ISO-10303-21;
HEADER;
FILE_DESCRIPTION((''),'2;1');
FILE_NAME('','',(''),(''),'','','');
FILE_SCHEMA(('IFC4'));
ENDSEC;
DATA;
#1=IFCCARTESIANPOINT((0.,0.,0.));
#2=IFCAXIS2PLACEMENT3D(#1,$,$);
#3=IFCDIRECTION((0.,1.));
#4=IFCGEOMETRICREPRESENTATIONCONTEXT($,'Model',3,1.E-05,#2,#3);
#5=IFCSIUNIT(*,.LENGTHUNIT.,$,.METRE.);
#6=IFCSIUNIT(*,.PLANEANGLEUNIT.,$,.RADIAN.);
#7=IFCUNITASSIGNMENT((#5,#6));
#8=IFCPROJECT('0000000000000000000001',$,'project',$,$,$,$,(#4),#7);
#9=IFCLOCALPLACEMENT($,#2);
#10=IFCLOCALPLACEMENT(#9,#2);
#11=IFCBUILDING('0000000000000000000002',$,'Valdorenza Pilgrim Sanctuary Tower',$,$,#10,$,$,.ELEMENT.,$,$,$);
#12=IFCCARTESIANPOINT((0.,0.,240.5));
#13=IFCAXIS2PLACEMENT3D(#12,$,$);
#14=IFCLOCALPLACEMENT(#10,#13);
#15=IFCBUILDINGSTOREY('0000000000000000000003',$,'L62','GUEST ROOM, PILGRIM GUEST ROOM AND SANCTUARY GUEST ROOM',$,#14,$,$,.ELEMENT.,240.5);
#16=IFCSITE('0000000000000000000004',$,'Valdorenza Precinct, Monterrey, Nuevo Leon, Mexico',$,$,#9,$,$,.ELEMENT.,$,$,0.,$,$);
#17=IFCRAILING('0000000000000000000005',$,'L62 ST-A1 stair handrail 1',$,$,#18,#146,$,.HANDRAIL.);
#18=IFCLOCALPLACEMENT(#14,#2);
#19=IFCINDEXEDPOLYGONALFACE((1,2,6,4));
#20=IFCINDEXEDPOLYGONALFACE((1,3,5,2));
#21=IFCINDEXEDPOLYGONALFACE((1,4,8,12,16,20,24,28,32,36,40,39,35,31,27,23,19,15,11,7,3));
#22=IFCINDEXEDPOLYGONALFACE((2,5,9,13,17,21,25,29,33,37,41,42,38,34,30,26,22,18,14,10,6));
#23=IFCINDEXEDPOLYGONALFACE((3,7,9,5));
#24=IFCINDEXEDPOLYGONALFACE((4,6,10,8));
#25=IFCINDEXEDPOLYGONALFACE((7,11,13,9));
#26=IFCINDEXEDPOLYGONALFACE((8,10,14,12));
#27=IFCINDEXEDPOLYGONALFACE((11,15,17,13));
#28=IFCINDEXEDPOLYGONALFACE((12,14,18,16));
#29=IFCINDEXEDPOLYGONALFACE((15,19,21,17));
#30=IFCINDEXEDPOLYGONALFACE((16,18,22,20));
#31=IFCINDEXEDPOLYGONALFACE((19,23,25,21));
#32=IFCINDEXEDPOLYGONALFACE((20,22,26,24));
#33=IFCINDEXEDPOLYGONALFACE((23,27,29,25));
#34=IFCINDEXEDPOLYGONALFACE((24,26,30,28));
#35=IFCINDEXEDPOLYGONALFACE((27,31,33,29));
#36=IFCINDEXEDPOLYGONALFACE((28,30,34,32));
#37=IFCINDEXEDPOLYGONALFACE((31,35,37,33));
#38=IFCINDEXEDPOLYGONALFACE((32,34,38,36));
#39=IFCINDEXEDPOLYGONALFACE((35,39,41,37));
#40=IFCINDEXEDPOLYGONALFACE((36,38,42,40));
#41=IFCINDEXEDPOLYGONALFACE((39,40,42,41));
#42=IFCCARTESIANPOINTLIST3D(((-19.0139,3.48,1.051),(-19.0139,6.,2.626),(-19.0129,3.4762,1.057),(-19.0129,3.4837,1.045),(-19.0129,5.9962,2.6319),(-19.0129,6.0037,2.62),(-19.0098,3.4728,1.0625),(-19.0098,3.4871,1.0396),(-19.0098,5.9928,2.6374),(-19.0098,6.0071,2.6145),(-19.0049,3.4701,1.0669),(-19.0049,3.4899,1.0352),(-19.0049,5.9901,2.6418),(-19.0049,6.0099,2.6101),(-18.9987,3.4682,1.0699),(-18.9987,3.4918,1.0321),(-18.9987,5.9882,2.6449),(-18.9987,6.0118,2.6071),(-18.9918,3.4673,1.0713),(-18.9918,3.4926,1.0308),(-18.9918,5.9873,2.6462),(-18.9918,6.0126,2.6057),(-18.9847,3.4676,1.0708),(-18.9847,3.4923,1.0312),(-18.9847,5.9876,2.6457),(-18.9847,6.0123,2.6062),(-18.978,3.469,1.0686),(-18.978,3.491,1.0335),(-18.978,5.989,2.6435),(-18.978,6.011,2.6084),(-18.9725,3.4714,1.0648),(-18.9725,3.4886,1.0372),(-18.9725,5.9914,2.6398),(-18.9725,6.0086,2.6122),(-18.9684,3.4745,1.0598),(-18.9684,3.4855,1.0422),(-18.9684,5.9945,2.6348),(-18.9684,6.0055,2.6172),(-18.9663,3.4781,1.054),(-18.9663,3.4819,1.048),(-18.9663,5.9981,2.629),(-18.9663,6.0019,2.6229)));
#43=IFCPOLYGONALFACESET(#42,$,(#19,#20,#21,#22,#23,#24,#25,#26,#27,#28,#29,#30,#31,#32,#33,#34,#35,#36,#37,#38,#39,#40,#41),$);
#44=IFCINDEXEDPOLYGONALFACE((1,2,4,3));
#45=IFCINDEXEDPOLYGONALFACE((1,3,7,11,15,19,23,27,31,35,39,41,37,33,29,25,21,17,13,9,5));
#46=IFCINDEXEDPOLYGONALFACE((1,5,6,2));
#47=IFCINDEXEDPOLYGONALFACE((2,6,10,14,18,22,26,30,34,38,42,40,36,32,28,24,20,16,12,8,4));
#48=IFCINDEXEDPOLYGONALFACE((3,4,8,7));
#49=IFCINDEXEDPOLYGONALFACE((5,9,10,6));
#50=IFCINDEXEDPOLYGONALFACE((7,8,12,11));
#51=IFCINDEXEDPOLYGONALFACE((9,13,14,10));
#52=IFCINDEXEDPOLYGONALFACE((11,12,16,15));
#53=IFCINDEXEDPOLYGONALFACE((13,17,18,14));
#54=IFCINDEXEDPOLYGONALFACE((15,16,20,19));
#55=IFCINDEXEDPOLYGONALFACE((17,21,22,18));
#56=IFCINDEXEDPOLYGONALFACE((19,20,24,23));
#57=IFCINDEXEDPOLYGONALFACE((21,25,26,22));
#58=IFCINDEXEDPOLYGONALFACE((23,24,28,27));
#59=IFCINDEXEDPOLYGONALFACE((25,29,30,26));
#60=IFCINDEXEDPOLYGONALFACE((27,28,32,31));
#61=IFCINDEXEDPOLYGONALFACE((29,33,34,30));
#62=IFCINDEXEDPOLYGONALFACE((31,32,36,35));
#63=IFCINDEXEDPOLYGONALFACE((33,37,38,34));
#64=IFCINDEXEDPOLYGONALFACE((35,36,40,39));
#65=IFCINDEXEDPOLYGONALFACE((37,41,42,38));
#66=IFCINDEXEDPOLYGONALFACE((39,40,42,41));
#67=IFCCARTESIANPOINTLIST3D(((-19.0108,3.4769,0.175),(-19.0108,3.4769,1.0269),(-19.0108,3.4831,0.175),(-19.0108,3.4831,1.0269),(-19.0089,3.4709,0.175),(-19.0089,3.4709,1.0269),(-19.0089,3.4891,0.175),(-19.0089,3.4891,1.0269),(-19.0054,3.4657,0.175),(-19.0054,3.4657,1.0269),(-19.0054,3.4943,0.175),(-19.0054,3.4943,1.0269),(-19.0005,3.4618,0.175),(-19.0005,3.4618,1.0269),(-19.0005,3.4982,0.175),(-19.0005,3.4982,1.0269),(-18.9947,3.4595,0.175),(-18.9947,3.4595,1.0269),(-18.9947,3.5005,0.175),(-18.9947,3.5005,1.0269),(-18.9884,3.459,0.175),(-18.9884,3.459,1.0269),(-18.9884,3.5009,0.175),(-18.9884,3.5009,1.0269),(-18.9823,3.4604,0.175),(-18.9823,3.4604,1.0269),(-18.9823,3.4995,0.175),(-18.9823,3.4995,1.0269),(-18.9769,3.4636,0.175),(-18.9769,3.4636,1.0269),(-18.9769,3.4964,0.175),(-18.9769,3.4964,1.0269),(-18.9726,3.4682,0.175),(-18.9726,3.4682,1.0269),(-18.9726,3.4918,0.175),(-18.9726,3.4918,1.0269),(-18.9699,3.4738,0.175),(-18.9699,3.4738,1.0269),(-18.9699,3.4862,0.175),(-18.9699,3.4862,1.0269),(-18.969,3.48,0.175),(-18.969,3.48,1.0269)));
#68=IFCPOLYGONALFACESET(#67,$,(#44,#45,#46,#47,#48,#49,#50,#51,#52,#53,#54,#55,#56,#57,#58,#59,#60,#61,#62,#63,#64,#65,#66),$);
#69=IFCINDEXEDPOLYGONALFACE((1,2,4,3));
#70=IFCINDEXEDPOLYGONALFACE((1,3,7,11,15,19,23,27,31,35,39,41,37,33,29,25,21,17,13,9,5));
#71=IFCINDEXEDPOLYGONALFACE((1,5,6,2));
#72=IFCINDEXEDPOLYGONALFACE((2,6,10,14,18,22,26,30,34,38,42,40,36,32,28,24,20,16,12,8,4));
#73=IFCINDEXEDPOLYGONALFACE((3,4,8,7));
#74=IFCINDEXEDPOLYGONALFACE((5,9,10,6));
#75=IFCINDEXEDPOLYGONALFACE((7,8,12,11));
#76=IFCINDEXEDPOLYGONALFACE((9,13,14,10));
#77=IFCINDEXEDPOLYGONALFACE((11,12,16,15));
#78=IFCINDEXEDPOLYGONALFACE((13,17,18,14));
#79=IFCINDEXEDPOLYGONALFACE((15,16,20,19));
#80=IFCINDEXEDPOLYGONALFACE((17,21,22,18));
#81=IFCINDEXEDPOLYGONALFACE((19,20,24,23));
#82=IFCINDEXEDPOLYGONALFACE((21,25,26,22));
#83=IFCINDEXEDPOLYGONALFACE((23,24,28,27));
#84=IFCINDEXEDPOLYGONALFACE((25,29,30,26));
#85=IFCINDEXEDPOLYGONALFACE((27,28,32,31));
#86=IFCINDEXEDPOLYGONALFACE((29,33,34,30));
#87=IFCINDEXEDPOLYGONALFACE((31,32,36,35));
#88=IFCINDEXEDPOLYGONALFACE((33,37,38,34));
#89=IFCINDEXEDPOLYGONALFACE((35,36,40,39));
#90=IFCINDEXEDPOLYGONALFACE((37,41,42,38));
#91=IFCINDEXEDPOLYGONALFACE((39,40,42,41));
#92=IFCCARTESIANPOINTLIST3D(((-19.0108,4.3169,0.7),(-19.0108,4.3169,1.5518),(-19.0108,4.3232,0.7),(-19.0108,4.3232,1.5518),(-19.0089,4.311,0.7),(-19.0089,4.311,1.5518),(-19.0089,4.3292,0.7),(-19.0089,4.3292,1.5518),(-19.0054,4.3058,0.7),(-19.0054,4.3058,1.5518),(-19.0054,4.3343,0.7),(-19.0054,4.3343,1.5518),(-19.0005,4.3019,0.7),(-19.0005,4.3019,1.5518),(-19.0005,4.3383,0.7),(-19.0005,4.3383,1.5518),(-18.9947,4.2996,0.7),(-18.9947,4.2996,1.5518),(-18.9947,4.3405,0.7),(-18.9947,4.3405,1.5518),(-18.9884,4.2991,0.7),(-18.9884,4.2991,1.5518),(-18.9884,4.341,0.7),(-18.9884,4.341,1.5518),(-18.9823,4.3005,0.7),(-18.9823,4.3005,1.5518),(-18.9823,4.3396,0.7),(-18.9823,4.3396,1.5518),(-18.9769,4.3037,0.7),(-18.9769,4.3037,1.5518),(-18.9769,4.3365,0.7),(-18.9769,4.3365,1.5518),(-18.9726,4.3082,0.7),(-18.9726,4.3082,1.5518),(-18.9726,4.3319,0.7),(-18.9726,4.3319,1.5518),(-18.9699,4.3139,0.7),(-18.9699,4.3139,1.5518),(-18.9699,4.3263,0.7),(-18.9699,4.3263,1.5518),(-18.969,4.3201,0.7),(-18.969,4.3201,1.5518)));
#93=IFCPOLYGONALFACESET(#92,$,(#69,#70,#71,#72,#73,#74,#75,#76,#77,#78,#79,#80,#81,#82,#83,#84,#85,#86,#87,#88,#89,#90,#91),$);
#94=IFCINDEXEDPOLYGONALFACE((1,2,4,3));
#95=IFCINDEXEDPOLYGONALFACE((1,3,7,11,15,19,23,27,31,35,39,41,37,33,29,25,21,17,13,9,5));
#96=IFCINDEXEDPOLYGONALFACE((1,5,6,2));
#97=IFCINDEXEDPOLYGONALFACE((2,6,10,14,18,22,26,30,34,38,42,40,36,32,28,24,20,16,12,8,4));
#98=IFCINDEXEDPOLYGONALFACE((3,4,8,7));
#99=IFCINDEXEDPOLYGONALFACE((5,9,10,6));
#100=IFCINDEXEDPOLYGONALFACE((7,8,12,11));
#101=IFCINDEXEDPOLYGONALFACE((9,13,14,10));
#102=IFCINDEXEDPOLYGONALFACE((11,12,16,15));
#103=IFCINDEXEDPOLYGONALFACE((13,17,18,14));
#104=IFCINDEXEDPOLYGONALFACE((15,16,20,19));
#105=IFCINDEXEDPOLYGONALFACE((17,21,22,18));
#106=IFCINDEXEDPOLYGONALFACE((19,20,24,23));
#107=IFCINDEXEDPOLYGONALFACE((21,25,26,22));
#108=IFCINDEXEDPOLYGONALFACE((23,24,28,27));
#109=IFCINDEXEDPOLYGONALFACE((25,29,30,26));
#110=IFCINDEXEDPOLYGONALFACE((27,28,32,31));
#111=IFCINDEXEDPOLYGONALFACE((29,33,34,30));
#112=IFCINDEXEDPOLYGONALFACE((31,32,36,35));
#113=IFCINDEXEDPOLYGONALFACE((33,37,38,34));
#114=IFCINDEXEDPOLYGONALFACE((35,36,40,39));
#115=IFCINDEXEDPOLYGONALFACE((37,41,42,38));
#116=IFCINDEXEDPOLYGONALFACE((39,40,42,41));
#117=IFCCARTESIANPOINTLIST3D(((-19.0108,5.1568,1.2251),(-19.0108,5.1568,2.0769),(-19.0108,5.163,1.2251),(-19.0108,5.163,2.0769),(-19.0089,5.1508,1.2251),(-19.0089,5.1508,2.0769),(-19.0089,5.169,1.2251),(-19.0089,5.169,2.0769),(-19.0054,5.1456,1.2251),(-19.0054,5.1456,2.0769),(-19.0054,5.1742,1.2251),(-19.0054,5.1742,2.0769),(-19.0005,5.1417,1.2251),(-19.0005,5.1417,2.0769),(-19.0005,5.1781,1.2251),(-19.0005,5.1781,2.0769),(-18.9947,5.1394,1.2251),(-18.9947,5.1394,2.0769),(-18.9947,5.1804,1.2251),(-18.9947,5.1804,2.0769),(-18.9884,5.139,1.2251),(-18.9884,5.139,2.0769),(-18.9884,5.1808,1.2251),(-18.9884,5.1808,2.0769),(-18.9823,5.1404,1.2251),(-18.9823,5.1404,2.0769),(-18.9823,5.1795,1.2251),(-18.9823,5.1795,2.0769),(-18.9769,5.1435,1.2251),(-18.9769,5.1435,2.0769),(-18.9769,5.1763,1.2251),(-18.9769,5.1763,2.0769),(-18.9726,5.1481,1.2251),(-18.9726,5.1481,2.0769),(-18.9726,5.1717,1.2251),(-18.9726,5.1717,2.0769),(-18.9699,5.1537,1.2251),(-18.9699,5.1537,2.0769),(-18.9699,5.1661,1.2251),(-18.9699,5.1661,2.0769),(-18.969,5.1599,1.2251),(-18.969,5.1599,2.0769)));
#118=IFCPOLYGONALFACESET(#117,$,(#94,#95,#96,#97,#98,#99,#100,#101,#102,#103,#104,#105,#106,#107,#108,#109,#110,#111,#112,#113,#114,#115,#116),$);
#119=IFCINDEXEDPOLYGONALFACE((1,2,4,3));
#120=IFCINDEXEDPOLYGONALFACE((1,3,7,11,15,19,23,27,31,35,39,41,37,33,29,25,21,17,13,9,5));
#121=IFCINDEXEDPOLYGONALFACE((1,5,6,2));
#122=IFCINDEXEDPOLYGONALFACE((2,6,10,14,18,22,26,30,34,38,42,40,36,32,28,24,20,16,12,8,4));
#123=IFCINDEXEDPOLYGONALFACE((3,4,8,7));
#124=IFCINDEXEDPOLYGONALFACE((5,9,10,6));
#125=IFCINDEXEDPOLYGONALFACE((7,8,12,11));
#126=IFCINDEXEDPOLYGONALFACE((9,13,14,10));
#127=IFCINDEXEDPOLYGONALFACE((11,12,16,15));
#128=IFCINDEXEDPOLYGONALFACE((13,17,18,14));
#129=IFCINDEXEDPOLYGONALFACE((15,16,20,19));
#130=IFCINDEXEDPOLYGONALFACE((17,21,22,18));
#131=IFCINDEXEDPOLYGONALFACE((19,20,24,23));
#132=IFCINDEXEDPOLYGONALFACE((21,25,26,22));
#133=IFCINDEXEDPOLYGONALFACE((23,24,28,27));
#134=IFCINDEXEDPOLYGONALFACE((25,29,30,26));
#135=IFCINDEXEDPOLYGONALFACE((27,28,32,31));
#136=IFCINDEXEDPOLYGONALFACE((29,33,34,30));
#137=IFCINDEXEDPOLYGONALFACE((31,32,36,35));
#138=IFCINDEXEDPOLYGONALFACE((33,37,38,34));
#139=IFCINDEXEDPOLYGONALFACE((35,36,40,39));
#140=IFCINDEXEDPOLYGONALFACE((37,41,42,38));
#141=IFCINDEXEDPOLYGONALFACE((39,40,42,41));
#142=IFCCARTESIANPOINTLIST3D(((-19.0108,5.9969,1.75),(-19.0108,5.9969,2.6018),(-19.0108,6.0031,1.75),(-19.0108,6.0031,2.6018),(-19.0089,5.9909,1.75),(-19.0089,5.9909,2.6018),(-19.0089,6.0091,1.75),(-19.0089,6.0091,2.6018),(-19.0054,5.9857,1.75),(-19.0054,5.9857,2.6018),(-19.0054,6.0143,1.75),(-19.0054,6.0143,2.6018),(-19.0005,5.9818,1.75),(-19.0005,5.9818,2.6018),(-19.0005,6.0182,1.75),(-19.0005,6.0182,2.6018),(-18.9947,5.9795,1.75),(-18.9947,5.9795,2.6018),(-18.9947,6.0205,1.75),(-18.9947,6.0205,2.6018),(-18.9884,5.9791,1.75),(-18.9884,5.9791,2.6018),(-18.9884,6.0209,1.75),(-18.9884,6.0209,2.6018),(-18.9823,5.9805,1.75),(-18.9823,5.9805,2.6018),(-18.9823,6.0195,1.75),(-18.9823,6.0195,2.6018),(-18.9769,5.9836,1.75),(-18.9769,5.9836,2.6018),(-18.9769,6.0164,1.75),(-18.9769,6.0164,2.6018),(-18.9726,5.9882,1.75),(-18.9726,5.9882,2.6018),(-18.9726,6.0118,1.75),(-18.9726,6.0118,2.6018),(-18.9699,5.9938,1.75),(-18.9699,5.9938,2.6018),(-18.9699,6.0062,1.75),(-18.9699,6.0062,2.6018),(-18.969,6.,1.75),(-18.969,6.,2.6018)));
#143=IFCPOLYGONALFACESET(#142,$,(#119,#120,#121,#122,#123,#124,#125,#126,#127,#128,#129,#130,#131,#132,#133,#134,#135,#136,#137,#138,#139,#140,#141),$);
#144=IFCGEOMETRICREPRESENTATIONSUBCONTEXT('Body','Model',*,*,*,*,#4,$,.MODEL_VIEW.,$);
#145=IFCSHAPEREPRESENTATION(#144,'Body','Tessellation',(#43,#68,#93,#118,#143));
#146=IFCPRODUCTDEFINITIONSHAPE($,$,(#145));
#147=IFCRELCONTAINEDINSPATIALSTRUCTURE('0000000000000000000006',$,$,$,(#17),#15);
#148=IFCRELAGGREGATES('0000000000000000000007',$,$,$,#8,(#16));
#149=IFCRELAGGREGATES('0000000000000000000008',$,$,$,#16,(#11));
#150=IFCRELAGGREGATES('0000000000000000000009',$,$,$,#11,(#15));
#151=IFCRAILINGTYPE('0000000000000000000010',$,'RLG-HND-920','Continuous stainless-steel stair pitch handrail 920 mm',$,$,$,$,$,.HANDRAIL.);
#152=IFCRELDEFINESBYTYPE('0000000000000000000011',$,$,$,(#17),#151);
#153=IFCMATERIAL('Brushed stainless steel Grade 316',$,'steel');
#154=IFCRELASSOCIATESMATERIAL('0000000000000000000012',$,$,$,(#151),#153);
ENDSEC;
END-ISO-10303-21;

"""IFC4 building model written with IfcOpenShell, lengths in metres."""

from ifc_helpers import new_model, si_unit, direction, frame, origin, origin_2d, place, context, subcontext, project, spatial, circle, extrude, material, type_object, element, save


model = new_model("IFC4")

# Units and contexts
model_context = context("Model", 3, precision=1e-05, world=origin(), true_north=direction((0.0, 1.0)))
body_context = subcontext(model_context, "Body", "Model", "MODEL_VIEW")
ifc_project = project(units=[si_unit("LENGTHUNIT", "METRE"), si_unit("PLANEANGLEUNIT", "RADIAN")], contexts=[model_context])

# Site, building, storey
site_placement = place(None, origin())
site = spatial("IfcSite", under=ifc_project, at=site_placement, Name="Valdorenza Precinct, Monterrey, Nuevo Leon, Mexico", CompositionType="ELEMENT", RefElevation=0.0)
building_placement = place(site_placement, origin())
building = spatial("IfcBuilding", under=site, at=building_placement, Name="Valdorenza Pilgrim Sanctuary Tower", CompositionType="ELEMENT")
storey_placement = place(building_placement, frame((0.0, 0.0, 240.5)))
storey = spatial("IfcBuildingStorey", under=building, at=storey_placement, Name="L62", Description="GUEST ROOM, PILGRIM GUEST ROOM AND SANCTUARY GUEST ROOM", CompositionType="ELEMENT", Elevation=240.5)

# Shared definitions
ifc_material_1 = material(Name="Brushed stainless steel Grade 316", Category="steel")

# Railing
railing_type_1 = type_object("IfcRailingType", Name="RLG-HND-920", Description="Continuous stainless-steel stair pitch handrail 920 mm", PredefinedType="HANDRAIL", material=ifc_material_1)
railing_1_placement = place(storey_placement, frame((-18.99, 3.48, 0.175)))
element("IfcRailing", 1, at=railing_1_placement, inside=storey, type_object=railing_type_1, Name="L62 ST-A1 stair handrail 1", PredefinedType="HANDRAIL", context=body_context, shape_type="SweptSolid", body=[
    extrude(circle(Radius=0.0239, at=origin_2d()), frame((0.0, 0.0, 0.876), z_axis=(0.0, 0.848008, 0.529984), x_axis=(-1.0, 0.0, 0.0)), (0.0, 0.0, 1.0), 2.9717),
    extrude(circle(Radius=0.021, at=origin_2d()), origin(), (0.0, 0.0, 1.0), 0.8518),
    extrude(circle(Radius=0.021, at=origin_2d()), frame((0.0, 0.8401, 0.5249)), (0.0, 0.0, 1.0), 0.8518),
    extrude(circle(Radius=0.021, at=origin_2d()), frame((0.0, 1.6799, 1.05)), (0.0, 0.0, 1.0), 0.8518),
    extrude(circle(Radius=0.021, at=origin_2d()), frame((0.0, 2.52, 1.575)), (0.0, 0.0, 1.0), 0.8518),
])

save(model, "model.ifc")
